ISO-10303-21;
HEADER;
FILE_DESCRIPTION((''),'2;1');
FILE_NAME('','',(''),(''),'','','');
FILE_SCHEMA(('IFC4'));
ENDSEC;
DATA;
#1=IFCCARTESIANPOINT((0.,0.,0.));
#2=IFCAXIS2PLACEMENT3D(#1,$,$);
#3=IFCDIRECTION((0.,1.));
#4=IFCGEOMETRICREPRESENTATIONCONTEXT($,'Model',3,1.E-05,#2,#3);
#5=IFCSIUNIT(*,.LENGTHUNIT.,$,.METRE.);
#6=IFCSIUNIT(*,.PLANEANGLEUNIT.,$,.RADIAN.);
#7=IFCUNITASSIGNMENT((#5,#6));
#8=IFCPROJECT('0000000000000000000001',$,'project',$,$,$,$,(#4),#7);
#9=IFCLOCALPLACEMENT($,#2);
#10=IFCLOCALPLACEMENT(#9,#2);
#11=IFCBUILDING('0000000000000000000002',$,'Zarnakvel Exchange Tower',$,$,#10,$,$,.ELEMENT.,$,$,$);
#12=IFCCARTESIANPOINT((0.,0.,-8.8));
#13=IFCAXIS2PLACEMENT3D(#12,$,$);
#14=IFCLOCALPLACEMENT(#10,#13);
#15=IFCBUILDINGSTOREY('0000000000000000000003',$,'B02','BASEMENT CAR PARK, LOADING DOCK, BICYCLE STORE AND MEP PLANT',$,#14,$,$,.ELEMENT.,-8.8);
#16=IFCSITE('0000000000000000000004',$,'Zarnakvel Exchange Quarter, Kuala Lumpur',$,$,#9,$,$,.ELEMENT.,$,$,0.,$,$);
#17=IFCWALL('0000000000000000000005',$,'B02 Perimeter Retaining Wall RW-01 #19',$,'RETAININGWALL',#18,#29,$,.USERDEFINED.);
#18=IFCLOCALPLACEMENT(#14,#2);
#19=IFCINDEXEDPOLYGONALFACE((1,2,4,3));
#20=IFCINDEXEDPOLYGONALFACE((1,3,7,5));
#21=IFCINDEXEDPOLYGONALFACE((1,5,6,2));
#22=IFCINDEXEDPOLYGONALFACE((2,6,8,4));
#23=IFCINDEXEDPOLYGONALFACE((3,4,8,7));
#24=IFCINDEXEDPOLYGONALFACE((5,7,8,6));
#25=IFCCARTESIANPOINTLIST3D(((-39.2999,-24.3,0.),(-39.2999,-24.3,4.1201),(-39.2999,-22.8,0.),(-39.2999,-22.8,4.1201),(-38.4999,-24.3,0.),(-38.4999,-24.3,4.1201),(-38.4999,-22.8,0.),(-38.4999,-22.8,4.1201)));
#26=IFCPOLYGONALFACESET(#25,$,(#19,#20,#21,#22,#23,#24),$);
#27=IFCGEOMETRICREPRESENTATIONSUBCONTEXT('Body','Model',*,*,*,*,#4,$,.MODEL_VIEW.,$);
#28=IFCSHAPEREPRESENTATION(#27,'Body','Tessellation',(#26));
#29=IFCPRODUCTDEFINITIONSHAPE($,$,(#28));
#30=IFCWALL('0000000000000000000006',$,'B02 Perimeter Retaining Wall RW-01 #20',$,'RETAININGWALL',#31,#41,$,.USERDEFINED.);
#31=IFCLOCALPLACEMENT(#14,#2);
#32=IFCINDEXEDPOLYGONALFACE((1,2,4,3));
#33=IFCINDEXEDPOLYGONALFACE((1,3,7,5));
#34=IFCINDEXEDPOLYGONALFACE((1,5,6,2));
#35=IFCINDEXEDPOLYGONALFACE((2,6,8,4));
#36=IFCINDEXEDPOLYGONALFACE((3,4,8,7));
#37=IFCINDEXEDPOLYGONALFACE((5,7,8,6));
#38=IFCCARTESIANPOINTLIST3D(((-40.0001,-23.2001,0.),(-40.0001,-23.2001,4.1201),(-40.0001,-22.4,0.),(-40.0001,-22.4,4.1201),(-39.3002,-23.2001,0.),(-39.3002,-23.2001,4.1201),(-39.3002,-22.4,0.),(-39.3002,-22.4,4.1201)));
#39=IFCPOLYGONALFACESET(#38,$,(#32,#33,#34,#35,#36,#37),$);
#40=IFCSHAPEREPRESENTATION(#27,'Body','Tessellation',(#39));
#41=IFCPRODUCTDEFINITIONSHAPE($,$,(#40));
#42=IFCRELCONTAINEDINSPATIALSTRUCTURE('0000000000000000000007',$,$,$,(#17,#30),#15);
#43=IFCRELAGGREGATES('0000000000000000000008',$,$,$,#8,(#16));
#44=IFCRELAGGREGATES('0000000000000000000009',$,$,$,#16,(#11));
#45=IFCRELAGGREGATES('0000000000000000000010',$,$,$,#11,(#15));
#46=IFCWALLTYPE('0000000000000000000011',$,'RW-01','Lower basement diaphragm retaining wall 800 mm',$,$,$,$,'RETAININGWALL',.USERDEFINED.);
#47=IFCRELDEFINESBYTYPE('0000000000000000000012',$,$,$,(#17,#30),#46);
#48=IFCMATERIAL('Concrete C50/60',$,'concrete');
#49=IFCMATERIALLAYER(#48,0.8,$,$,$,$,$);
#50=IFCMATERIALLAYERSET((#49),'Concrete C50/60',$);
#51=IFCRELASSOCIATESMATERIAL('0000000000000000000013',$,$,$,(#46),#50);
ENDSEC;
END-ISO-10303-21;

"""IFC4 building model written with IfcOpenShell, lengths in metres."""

from ifc_helpers import new_model, si_unit, direction, frame, frame_2d, origin, place, context, subcontext, project, spatial, rectangle, extrude, material, layer, layer_set, type_object, element, save


model = new_model("IFC4")

# Units and contexts
model_context = context("Model", 3, precision=1e-05, world=origin(), true_north=direction((0.0, 1.0)))
body_context = subcontext(model_context, "Body", "Model", "MODEL_VIEW")
ifc_project = project(units=[si_unit("LENGTHUNIT", "METRE"), si_unit("PLANEANGLEUNIT", "RADIAN")], contexts=[model_context])

# Site, building, storey
site_placement = place(None, origin())
site = spatial("IfcSite", under=ifc_project, at=site_placement, Name="Zarnakvel Exchange Quarter, Kuala Lumpur", CompositionType="ELEMENT", RefElevation=0.0)
building_placement = place(site_placement, origin())
building = spatial("IfcBuilding", under=site, at=building_placement, Name="Zarnakvel Exchange Tower", CompositionType="ELEMENT")
storey_placement = place(building_placement, frame((0.0, 0.0, -8.8)))
storey = spatial("IfcBuildingStorey", under=building, at=storey_placement, Name="B02", Description="BASEMENT CAR PARK, LOADING DOCK, BICYCLE STORE AND MEP PLANT", CompositionType="ELEMENT", Elevation=-8.8)

# Walls
ifc_material_1 = material(Name="Concrete C50/60", Category="concrete")
ifc_layer_1 = layer(ifc_material_1, 0.8)
ifc_layer_set_1 = layer_set([ifc_layer_1], Name="Concrete C50/60")
wall_type_1 = type_object("IfcWallType", Name="RW-01", Description="Lower basement diaphragm retaining wall 800 mm", ElementType="RETAININGWALL", PredefinedType="USERDEFINED", material=ifc_layer_set_1)
wall_1_placement = place(storey_placement, frame((-38.8999, -24.3, 0.0), z_axis=(0.0, 0.0, 1.0), x_axis=(0.0, 1.0, 0.0)))
element("IfcWall", 1, at=wall_1_placement, inside=storey, type_object=wall_type_1, Name="B02 Perimeter Retaining Wall RW-01 #19", ObjectType="RETAININGWALL", PredefinedType="USERDEFINED", context=body_context, shape_type="SweptSolid", body=[
    extrude(rectangle(XDim=1.5, YDim=0.8, at=frame_2d((0.75, 0.0))), origin(), (0.0, 0.0, 1.0), 4.1201),
])
wall_2_placement = place(storey_placement, frame((-39.3, -22.8, 0.0), z_axis=(0.0, 0.0, 1.0), x_axis=(-1.0, 0.0, 0.0)))
element("IfcWall", 2, at=wall_2_placement, inside=storey, type_object=wall_type_1, Name="B02 Perimeter Retaining Wall RW-01 #20", ObjectType="RETAININGWALL", PredefinedType="USERDEFINED", context=body_context, shape_type="SweptSolid", body=[
    extrude(rectangle(XDim=0.7, YDim=0.8, at=frame_2d((0.3501, 0.0))), origin(), (0.0, 0.0, 1.0), 4.1201),
])

save(model, "model.ifc")
